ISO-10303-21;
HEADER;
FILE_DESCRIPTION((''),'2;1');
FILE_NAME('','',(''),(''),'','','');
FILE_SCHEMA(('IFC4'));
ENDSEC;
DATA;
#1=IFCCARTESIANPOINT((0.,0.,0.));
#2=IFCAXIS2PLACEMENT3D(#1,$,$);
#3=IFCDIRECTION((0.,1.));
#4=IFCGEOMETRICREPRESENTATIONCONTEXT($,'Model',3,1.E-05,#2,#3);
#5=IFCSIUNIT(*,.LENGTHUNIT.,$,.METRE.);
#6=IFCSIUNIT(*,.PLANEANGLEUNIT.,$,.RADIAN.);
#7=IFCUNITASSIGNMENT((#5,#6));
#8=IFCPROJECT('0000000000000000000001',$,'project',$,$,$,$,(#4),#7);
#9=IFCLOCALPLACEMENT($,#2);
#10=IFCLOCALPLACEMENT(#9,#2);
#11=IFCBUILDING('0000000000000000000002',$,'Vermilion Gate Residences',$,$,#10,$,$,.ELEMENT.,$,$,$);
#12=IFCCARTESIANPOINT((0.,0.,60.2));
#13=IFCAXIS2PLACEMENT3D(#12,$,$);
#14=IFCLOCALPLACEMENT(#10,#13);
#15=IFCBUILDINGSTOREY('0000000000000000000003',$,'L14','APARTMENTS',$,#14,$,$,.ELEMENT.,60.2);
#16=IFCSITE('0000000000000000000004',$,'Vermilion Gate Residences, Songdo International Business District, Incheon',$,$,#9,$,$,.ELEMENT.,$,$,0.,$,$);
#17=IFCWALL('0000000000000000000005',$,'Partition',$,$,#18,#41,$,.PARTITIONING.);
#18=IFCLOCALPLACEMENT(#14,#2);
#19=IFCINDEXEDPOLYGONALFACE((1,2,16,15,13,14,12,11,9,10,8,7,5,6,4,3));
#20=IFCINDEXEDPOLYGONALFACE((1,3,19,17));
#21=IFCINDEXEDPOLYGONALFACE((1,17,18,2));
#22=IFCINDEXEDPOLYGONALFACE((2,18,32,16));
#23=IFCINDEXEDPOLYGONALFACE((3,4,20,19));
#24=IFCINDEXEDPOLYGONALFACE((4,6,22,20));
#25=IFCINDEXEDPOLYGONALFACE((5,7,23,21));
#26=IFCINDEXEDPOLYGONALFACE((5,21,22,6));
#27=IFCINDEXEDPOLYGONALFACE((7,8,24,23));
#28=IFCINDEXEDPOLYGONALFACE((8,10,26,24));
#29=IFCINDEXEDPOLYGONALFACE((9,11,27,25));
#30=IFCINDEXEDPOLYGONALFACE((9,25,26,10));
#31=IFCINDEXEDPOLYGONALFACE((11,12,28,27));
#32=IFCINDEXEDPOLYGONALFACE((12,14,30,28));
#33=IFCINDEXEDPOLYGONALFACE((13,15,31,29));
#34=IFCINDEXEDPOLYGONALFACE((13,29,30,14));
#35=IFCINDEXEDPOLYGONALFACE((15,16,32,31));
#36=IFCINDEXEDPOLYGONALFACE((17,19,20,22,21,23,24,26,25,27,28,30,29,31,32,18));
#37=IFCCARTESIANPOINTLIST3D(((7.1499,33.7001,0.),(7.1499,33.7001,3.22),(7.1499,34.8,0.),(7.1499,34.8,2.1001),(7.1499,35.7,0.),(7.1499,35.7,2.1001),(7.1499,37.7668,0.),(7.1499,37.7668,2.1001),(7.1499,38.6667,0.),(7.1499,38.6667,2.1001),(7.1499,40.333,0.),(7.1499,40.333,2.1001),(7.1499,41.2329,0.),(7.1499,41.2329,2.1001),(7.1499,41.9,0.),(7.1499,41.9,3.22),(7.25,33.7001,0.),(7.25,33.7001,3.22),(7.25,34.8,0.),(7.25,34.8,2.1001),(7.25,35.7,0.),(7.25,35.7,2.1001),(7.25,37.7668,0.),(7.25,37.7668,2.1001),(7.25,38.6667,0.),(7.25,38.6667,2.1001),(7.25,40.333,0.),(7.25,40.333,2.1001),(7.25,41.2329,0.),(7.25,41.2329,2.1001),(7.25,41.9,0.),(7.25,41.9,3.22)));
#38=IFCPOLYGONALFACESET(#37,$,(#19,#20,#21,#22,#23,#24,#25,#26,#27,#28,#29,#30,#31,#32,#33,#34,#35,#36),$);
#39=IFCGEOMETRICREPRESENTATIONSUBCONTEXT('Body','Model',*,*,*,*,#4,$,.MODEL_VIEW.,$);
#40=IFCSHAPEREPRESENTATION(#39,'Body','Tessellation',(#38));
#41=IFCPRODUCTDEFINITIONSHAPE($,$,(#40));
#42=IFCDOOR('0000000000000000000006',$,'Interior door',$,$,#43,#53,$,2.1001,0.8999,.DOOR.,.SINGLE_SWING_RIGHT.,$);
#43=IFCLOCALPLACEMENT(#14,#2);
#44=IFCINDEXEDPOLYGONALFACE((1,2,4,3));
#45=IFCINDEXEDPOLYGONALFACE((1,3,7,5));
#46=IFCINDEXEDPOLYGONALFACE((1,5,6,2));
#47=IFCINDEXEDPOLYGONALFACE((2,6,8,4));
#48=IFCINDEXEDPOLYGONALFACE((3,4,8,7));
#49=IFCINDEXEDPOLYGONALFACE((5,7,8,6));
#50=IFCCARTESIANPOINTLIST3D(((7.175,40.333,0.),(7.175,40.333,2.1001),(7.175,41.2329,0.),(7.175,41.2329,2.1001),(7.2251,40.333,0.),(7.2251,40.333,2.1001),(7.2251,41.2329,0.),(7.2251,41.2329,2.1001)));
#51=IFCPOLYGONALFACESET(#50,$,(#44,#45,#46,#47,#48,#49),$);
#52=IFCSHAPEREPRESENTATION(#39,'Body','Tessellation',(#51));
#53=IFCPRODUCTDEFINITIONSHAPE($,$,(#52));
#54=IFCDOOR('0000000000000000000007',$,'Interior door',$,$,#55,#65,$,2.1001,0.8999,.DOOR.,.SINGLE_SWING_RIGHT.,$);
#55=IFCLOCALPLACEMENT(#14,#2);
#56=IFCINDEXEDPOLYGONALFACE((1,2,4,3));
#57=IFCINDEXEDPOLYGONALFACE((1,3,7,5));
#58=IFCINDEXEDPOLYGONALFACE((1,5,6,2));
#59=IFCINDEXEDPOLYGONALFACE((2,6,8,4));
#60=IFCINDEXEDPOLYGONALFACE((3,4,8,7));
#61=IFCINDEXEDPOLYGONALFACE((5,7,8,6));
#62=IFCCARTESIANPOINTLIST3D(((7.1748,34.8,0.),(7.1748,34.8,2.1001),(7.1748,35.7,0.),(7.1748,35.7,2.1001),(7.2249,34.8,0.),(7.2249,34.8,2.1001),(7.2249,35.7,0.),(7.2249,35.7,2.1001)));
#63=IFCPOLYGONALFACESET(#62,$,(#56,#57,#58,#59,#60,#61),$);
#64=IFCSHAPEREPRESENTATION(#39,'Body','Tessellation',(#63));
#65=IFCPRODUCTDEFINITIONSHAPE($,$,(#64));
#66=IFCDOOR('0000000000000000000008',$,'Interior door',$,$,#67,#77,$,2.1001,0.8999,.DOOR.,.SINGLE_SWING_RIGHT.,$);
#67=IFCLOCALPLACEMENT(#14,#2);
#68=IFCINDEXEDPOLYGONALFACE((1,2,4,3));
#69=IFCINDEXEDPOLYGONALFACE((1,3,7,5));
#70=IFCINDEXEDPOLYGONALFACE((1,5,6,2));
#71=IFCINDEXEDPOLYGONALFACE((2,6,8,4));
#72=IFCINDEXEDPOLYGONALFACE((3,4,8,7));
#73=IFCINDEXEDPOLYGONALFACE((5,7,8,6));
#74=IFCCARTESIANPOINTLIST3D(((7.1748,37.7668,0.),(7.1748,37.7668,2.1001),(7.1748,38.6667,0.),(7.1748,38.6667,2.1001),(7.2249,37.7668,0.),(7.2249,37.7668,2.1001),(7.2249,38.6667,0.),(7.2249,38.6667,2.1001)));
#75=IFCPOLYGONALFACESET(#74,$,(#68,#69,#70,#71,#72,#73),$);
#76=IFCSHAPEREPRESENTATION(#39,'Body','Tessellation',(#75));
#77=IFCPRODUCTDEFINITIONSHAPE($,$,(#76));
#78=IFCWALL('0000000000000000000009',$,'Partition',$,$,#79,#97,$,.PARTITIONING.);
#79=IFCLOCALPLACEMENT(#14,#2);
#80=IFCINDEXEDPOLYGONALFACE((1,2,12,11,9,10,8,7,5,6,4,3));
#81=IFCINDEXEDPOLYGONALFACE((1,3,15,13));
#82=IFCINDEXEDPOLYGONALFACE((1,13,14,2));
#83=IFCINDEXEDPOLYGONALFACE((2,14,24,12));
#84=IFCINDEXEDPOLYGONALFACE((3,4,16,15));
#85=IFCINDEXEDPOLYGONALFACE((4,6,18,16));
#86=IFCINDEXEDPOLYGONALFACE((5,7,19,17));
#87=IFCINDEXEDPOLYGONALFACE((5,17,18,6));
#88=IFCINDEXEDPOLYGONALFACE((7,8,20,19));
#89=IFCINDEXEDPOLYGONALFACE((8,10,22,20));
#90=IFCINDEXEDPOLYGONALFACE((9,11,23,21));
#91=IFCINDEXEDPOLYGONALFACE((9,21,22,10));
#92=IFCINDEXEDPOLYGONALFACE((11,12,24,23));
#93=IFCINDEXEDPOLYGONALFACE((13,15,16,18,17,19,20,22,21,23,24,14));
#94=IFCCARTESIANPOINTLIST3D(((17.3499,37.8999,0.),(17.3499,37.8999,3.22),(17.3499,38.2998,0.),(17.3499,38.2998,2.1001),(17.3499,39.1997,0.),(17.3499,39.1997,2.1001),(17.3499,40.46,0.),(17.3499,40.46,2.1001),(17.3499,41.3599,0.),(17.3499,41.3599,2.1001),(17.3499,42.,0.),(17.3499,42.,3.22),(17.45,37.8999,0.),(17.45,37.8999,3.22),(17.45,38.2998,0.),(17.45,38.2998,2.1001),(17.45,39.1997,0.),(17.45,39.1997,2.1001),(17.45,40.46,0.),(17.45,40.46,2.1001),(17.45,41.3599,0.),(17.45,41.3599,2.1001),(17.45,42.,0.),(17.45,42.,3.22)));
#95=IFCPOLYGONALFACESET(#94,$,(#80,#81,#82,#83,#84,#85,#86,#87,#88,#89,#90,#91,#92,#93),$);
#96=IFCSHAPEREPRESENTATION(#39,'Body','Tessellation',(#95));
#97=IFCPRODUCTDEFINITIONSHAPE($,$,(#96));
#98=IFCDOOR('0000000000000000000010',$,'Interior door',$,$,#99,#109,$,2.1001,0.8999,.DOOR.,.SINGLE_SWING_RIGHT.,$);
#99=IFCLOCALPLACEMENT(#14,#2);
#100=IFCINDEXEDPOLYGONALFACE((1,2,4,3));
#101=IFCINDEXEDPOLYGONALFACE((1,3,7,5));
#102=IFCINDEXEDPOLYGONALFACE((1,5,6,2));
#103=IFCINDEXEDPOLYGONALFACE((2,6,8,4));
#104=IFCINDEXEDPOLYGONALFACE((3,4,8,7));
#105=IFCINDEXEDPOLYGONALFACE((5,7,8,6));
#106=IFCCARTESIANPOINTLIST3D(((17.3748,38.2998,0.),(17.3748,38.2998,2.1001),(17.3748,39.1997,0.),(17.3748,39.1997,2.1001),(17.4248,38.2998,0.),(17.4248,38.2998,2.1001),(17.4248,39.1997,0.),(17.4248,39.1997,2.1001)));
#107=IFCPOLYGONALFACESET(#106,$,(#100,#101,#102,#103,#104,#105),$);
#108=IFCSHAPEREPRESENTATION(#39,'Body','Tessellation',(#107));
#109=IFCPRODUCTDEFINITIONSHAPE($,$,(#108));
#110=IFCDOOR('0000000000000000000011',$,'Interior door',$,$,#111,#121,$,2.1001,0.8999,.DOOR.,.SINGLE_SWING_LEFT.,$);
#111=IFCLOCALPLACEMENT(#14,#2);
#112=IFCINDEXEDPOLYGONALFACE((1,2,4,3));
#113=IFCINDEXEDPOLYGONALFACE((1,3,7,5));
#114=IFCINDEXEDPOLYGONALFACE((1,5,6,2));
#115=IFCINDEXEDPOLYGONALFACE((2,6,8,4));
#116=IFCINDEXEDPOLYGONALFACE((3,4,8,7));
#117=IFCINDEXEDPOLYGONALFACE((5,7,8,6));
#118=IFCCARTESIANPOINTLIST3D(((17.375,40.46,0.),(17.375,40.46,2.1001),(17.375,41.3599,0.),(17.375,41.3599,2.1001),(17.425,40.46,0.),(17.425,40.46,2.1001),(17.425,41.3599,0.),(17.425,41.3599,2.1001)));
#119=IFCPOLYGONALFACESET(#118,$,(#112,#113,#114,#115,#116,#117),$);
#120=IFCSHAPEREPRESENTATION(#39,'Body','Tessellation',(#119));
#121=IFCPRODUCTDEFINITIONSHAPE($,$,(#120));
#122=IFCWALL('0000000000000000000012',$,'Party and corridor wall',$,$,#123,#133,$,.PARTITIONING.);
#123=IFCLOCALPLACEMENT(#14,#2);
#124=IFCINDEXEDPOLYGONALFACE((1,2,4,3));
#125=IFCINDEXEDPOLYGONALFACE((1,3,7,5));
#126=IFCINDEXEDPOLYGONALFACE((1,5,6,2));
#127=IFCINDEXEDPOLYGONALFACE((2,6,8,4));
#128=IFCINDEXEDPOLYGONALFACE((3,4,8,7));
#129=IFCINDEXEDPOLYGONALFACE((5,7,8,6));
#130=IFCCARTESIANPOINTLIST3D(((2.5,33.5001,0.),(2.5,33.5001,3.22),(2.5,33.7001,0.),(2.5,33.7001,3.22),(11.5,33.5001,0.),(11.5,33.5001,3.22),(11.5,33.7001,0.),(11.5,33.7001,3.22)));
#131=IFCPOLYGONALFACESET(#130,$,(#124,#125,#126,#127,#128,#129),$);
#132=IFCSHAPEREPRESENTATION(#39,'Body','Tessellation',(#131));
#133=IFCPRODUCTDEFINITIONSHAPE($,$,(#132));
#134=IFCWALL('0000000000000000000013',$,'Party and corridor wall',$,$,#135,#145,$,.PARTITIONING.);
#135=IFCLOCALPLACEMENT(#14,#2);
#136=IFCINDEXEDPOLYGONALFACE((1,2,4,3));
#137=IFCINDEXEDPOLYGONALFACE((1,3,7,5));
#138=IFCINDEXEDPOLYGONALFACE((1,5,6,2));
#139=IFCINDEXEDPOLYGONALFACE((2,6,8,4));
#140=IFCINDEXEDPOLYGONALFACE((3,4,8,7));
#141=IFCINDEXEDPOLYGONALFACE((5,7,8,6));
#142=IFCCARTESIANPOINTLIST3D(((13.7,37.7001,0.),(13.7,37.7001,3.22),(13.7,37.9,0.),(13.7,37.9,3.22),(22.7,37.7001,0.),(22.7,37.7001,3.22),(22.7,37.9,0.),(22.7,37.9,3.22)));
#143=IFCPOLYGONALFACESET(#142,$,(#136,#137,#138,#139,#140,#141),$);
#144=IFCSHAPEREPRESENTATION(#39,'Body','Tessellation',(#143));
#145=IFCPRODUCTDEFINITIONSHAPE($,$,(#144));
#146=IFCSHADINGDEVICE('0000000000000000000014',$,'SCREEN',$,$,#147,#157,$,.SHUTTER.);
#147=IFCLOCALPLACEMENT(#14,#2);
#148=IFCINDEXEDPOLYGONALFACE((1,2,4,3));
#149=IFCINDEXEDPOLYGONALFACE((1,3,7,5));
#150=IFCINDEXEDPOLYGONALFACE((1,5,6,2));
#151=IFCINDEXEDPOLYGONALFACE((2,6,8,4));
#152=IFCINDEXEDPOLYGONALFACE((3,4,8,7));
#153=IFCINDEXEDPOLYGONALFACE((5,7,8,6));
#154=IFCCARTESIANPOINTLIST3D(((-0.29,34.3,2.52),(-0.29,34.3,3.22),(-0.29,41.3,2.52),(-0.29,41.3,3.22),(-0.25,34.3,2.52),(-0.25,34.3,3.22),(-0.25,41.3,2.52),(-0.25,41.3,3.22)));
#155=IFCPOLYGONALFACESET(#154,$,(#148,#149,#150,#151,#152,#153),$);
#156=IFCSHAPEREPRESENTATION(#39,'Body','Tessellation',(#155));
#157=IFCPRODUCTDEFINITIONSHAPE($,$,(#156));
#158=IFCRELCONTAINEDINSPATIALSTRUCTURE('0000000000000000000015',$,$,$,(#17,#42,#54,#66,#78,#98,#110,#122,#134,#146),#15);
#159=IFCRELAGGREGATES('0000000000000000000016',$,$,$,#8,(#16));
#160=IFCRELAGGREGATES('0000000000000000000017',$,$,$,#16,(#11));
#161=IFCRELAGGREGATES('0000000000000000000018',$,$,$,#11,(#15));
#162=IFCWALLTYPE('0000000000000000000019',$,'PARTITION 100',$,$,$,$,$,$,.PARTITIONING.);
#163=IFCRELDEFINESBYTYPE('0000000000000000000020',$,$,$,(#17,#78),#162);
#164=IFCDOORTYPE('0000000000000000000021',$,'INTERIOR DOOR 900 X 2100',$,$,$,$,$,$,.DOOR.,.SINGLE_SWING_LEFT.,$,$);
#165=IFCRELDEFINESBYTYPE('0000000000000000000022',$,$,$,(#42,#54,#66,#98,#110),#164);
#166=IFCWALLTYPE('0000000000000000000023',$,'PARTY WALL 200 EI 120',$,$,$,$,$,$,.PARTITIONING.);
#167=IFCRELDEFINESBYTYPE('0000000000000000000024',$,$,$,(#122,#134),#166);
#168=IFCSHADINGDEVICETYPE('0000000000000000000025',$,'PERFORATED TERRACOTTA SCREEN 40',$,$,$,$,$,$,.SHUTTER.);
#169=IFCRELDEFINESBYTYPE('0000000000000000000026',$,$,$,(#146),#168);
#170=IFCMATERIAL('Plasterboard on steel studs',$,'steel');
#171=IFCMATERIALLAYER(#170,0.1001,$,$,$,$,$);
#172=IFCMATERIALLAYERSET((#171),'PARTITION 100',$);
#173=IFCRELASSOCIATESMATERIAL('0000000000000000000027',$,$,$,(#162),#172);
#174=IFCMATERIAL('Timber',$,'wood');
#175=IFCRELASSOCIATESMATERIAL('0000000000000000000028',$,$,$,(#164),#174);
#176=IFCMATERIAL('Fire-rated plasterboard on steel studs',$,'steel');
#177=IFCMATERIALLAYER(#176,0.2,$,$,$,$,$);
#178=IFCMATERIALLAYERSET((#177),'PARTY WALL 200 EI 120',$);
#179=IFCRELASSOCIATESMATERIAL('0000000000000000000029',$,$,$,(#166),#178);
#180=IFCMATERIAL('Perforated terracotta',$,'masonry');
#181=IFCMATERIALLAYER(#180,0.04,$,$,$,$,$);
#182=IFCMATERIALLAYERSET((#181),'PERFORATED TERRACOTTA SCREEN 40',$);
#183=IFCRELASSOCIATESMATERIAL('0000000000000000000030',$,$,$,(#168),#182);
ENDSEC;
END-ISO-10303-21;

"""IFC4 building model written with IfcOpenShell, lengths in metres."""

from ifc_helpers import new_model, si_unit, direction, frame, frame_2d, origin, origin_2d, place, context, subcontext, project, spatial, rectangle, extrude, material, layer, layer_set, type_object, element, fill, save


model = new_model("IFC4")

# Units and contexts
model_context = context("Model", 3, precision=1e-05, world=origin(), true_north=direction((0.0, 1.0)))
body_context = subcontext(model_context, "Body", "Model", "MODEL_VIEW")
ifc_project = project(units=[si_unit("LENGTHUNIT", "METRE"), si_unit("PLANEANGLEUNIT", "RADIAN")], contexts=[model_context])

# Site, building, storey
site_placement = place(None, origin())
site = spatial("IfcSite", under=ifc_project, at=site_placement, Name="Vermilion Gate Residences, Songdo International Business District, Incheon", CompositionType="ELEMENT", RefElevation=0.0)
building_placement = place(site_placement, origin())
building = spatial("IfcBuilding", under=site, at=building_placement, Name="Vermilion Gate Residences", CompositionType="ELEMENT")
storey_placement = place(building_placement, frame((0.0, 0.0, 60.2)))
storey = spatial("IfcBuildingStorey", under=building, at=storey_placement, Name="L14", Description="APARTMENTS", CompositionType="ELEMENT", Elevation=60.2)

# Shared definitions
ifc_material_1 = material(Name="Plasterboard on steel studs", Category="steel")
ifc_layer_1 = layer(ifc_material_1, 0.1001)
ifc_layer_set_1 = layer_set([ifc_layer_1], Name="PARTITION 100")
wall_type_1 = type_object("IfcWallType", Name="PARTITION 100", PredefinedType="PARTITIONING", material=ifc_layer_set_1)

# Walls, openings, doors
wall_1_placement = place(storey_placement, frame((7.2, 33.7, 0.0), z_axis=(0.0, 0.0, 1.0), x_axis=(0.0, 1.0, 0.0)))
wall_1 = element("IfcWall", 1, at=wall_1_placement, inside=storey, type_object=wall_type_1, Name="Partition", PredefinedType="PARTITIONING", context=body_context, shape_type="SweptSolid", body=[
    extrude(rectangle(XDim=8.2, YDim=0.1001, at=frame_2d((4.1001, 0.0))), origin(), (0.0, 0.0, 1.0), 3.22),
])
opening_1_placement = place(wall_1_placement, frame((6.6331, 0.0, 0.0)))
opening_1 = element("IfcOpeningElement", 2, at=opening_1_placement, cuts=wall_1, PredefinedType="OPENING", context=body_context, shape_type="SweptSolid", body=[
    extrude(rectangle(XDim=0.8999, YDim=2.1001, at=frame_2d((0.45, 1.05))), frame((0.0, 0.0601, 0.0), z_axis=(0.0, -1.0, 0.0), x_axis=(1.0, 0.0, 0.0)), (0.0, 0.0, 1.0), 0.1201),
])
opening_2_placement = place(wall_1_placement, frame((1.1001, 0.0, 0.0)))
opening_2 = element("IfcOpeningElement", 3, at=opening_2_placement, cuts=wall_1, PredefinedType="OPENING", context=body_context, shape_type="SweptSolid", body=[
    extrude(rectangle(XDim=0.8999, YDim=2.1001, at=frame_2d((0.45, 1.05))), frame((0.0, 0.0601, 0.0), z_axis=(0.0, -1.0, 0.0), x_axis=(1.0, 0.0, 0.0)), (0.0, 0.0, 1.0), 0.1201),
])
opening_3_placement = place(wall_1_placement, frame((4.0669, 0.0, 0.0)))
opening_3 = element("IfcOpeningElement", 4, at=opening_3_placement, cuts=wall_1, PredefinedType="OPENING", context=body_context, shape_type="SweptSolid", body=[
    extrude(rectangle(XDim=0.8999, YDim=2.1001, at=frame_2d((0.45, 1.05))), frame((0.0, 0.0601, 0.0), z_axis=(0.0, -1.0, 0.0), x_axis=(1.0, 0.0, 0.0)), (0.0, 0.0, 1.0), 0.1201),
])
ifc_material_2 = material(Name="Timber", Category="wood")
door_type = type_object("IfcDoorType", Name="INTERIOR DOOR 900 X 2100", OperationType="SINGLE_SWING_LEFT", PredefinedType="DOOR", material=ifc_material_2)
door_1_placement = place(opening_1_placement, origin())
door_1 = element("IfcDoor", 5, at=door_1_placement, inside=storey, type_object=door_type, Name="Interior door", OperationType="SINGLE_SWING_RIGHT", OverallHeight=2.1001, OverallWidth=0.8999, PredefinedType="DOOR", context=body_context, shape_type="SweptSolid", body=[
    extrude(rectangle(XDim=0.8999, YDim=2.1001, at=frame_2d((0.45, 1.05))), frame((0.0, 0.0249, 0.0), z_axis=(0.0, -1.0, 0.0), x_axis=(1.0, 0.0, 0.0)), (0.0, 0.0, 1.0), 0.05),
])
fill(opening_1, door_1)
door_2_placement = place(opening_2_placement, frame((0.8999, 0.0, 0.0), z_axis=(0.0, 0.0, 1.0), x_axis=(-1.0, 0.0, 0.0)))
door_2 = element("IfcDoor", 6, at=door_2_placement, inside=storey, type_object=door_type, Name="Interior door", OperationType="SINGLE_SWING_RIGHT", OverallHeight=2.1001, OverallWidth=0.8999, PredefinedType="DOOR", context=body_context, shape_type="SweptSolid", body=[
    extrude(rectangle(XDim=0.8999, YDim=2.1001, at=frame_2d((0.45, 1.05))), frame((0.0, 0.0249, 0.0), z_axis=(0.0, -1.0, 0.0), x_axis=(1.0, 0.0, 0.0)), (0.0, 0.0, 1.0), 0.05),
])
fill(opening_2, door_2)
door_3_placement = place(opening_3_placement, frame((0.8999, 0.0, 0.0), z_axis=(0.0, 0.0, 1.0), x_axis=(-1.0, 0.0, 0.0)))
door_3 = element("IfcDoor", 7, at=door_3_placement, inside=storey, type_object=door_type, Name="Interior door", OperationType="SINGLE_SWING_RIGHT", OverallHeight=2.1001, OverallWidth=0.8999, PredefinedType="DOOR", context=body_context, shape_type="SweptSolid", body=[
    extrude(rectangle(XDim=0.8999, YDim=2.1001, at=frame_2d((0.45, 1.05))), frame((0.0, 0.0249, 0.0), z_axis=(0.0, -1.0, 0.0), x_axis=(1.0, 0.0, 0.0)), (0.0, 0.0, 1.0), 0.05),
])
fill(opening_3, door_3)
wall_2_placement = place(storey_placement, frame((17.3999, 37.8999, 0.0), z_axis=(0.0, 0.0, 1.0), x_axis=(0.0, 1.0, 0.0)))
wall_2 = element("IfcWall", 8, at=wall_2_placement, inside=storey, type_object=wall_type_1, Name="Partition", PredefinedType="PARTITIONING", context=body_context, shape_type="SweptSolid", body=[
    extrude(rectangle(XDim=4.1001, YDim=0.1001, at=frame_2d((2.05, 0.0))), origin(), (0.0, 0.0, 1.0), 3.22),
])
opening_4_placement = place(wall_2_placement, frame((0.3999, 0.0, 0.0)))
opening_4 = element("IfcOpeningElement", 9, at=opening_4_placement, cuts=wall_2, PredefinedType="OPENING", context=body_context, shape_type="SweptSolid", body=[
    extrude(rectangle(XDim=0.8999, YDim=2.1001, at=frame_2d((0.45, 1.05))), frame((0.0, 0.0601, 0.0), z_axis=(0.0, -1.0, 0.0), x_axis=(1.0, 0.0, 0.0)), (0.0, 0.0, 1.0), 0.1201),
])
opening_5_placement = place(wall_2_placement, frame((2.5601, 0.0, 0.0)))
opening_5 = element("IfcOpeningElement", 10, at=opening_5_placement, cuts=wall_2, PredefinedType="OPENING", context=body_context, shape_type="SweptSolid", body=[
    extrude(rectangle(XDim=0.8999, YDim=2.1001, at=frame_2d((0.45, 1.05))), frame((0.0, 0.0601, 0.0), z_axis=(0.0, -1.0, 0.0), x_axis=(1.0, 0.0, 0.0)), (0.0, 0.0, 1.0), 0.1201),
])
door_4_placement = place(opening_4_placement, frame((0.8999, 0.0, 0.0), z_axis=(0.0, 0.0, 1.0), x_axis=(-1.0, 0.0, 0.0)))
door_4 = element("IfcDoor", 11, at=door_4_placement, inside=storey, type_object=door_type, Name="Interior door", OperationType="SINGLE_SWING_RIGHT", OverallHeight=2.1001, OverallWidth=0.8999, PredefinedType="DOOR", context=body_context, shape_type="SweptSolid", body=[
    extrude(rectangle(XDim=0.8999, YDim=2.1001, at=frame_2d((0.45, 1.05))), frame((0.0, 0.0249, 0.0), z_axis=(0.0, -1.0, 0.0), x_axis=(1.0, 0.0, 0.0)), (0.0, 0.0, 1.0), 0.05),
])
fill(opening_4, door_4)
door_5_placement = place(opening_5_placement, origin())
door_5 = element("IfcDoor", 12, at=door_5_placement, inside=storey, type_object=door_type, Name="Interior door", OperationType="SINGLE_SWING_LEFT", OverallHeight=2.1001, OverallWidth=0.8999, PredefinedType="DOOR", context=body_context, shape_type="SweptSolid", body=[
    extrude(rectangle(XDim=0.8999, YDim=2.1001, at=frame_2d((0.45, 1.05))), frame((0.0, 0.0249, 0.0), z_axis=(0.0, -1.0, 0.0), x_axis=(1.0, 0.0, 0.0)), (0.0, 0.0, 1.0), 0.05),
])
fill(opening_5, door_5)

# Walls
ifc_material_3 = material(Name="Fire-rated plasterboard on steel studs", Category="steel")
ifc_layer_2 = layer(ifc_material_3, 0.2)
ifc_layer_set_2 = layer_set([ifc_layer_2], Name="PARTY WALL 200 EI 120")
wall_type_2 = type_object("IfcWallType", Name="PARTY WALL 200 EI 120", PredefinedType="PARTITIONING", material=ifc_layer_set_2)
for number, where, z_axis, x_axis, name in (
    (13, (2.5, 33.6001, 0.0), (0.0, 0.0, 1.0), (1.0, 0.0, 0.0), "Party and corridor wall"),
    (14, (13.7, 37.8, 0.0), (0.0, 0.0, 1.0), (1.0, 0.0, 0.0), "Party and corridor wall"),
):
    element("IfcWall", number, at=place(storey_placement, frame(where, z_axis=z_axis, x_axis=x_axis)), inside=storey, type_object=wall_type_2, Name=name, PredefinedType="PARTITIONING", context=body_context, shape_type="SweptSolid", body=[
        extrude(rectangle(XDim=9.0, YDim=0.2, at=frame_2d((4.5, 0.0))), origin(), (0.0, 0.0, 1.0), 3.22),
    ])

# Shading device
ifc_material_4 = material(Name="Perforated terracotta", Category="masonry")
ifc_layer_3 = layer(ifc_material_4, 0.04)
ifc_layer_set_3 = layer_set([ifc_layer_3], Name="PERFORATED TERRACOTTA SCREEN 40")
shading_device_type_1 = type_object("IfcShadingDeviceType", Name="PERFORATED TERRACOTTA SCREEN 40", PredefinedType="SHUTTER", material=ifc_layer_set_3)
shading_device_1_placement = place(storey_placement, frame((-0.27, 37.8, 2.52), z_axis=(0.0, 0.0, 1.0), x_axis=(0.0, -1.0, 0.0)))
element("IfcShadingDevice", 15, at=shading_device_1_placement, inside=storey, type_object=shading_device_type_1, Name="SCREEN", PredefinedType="SHUTTER", context=body_context, shape_type="SweptSolid", body=[
    extrude(rectangle(XDim=7.0, YDim=0.04, at=origin_2d()), origin(), (0.0, 0.0, 1.0), 0.7),
])

save(model, "model.ifc")
